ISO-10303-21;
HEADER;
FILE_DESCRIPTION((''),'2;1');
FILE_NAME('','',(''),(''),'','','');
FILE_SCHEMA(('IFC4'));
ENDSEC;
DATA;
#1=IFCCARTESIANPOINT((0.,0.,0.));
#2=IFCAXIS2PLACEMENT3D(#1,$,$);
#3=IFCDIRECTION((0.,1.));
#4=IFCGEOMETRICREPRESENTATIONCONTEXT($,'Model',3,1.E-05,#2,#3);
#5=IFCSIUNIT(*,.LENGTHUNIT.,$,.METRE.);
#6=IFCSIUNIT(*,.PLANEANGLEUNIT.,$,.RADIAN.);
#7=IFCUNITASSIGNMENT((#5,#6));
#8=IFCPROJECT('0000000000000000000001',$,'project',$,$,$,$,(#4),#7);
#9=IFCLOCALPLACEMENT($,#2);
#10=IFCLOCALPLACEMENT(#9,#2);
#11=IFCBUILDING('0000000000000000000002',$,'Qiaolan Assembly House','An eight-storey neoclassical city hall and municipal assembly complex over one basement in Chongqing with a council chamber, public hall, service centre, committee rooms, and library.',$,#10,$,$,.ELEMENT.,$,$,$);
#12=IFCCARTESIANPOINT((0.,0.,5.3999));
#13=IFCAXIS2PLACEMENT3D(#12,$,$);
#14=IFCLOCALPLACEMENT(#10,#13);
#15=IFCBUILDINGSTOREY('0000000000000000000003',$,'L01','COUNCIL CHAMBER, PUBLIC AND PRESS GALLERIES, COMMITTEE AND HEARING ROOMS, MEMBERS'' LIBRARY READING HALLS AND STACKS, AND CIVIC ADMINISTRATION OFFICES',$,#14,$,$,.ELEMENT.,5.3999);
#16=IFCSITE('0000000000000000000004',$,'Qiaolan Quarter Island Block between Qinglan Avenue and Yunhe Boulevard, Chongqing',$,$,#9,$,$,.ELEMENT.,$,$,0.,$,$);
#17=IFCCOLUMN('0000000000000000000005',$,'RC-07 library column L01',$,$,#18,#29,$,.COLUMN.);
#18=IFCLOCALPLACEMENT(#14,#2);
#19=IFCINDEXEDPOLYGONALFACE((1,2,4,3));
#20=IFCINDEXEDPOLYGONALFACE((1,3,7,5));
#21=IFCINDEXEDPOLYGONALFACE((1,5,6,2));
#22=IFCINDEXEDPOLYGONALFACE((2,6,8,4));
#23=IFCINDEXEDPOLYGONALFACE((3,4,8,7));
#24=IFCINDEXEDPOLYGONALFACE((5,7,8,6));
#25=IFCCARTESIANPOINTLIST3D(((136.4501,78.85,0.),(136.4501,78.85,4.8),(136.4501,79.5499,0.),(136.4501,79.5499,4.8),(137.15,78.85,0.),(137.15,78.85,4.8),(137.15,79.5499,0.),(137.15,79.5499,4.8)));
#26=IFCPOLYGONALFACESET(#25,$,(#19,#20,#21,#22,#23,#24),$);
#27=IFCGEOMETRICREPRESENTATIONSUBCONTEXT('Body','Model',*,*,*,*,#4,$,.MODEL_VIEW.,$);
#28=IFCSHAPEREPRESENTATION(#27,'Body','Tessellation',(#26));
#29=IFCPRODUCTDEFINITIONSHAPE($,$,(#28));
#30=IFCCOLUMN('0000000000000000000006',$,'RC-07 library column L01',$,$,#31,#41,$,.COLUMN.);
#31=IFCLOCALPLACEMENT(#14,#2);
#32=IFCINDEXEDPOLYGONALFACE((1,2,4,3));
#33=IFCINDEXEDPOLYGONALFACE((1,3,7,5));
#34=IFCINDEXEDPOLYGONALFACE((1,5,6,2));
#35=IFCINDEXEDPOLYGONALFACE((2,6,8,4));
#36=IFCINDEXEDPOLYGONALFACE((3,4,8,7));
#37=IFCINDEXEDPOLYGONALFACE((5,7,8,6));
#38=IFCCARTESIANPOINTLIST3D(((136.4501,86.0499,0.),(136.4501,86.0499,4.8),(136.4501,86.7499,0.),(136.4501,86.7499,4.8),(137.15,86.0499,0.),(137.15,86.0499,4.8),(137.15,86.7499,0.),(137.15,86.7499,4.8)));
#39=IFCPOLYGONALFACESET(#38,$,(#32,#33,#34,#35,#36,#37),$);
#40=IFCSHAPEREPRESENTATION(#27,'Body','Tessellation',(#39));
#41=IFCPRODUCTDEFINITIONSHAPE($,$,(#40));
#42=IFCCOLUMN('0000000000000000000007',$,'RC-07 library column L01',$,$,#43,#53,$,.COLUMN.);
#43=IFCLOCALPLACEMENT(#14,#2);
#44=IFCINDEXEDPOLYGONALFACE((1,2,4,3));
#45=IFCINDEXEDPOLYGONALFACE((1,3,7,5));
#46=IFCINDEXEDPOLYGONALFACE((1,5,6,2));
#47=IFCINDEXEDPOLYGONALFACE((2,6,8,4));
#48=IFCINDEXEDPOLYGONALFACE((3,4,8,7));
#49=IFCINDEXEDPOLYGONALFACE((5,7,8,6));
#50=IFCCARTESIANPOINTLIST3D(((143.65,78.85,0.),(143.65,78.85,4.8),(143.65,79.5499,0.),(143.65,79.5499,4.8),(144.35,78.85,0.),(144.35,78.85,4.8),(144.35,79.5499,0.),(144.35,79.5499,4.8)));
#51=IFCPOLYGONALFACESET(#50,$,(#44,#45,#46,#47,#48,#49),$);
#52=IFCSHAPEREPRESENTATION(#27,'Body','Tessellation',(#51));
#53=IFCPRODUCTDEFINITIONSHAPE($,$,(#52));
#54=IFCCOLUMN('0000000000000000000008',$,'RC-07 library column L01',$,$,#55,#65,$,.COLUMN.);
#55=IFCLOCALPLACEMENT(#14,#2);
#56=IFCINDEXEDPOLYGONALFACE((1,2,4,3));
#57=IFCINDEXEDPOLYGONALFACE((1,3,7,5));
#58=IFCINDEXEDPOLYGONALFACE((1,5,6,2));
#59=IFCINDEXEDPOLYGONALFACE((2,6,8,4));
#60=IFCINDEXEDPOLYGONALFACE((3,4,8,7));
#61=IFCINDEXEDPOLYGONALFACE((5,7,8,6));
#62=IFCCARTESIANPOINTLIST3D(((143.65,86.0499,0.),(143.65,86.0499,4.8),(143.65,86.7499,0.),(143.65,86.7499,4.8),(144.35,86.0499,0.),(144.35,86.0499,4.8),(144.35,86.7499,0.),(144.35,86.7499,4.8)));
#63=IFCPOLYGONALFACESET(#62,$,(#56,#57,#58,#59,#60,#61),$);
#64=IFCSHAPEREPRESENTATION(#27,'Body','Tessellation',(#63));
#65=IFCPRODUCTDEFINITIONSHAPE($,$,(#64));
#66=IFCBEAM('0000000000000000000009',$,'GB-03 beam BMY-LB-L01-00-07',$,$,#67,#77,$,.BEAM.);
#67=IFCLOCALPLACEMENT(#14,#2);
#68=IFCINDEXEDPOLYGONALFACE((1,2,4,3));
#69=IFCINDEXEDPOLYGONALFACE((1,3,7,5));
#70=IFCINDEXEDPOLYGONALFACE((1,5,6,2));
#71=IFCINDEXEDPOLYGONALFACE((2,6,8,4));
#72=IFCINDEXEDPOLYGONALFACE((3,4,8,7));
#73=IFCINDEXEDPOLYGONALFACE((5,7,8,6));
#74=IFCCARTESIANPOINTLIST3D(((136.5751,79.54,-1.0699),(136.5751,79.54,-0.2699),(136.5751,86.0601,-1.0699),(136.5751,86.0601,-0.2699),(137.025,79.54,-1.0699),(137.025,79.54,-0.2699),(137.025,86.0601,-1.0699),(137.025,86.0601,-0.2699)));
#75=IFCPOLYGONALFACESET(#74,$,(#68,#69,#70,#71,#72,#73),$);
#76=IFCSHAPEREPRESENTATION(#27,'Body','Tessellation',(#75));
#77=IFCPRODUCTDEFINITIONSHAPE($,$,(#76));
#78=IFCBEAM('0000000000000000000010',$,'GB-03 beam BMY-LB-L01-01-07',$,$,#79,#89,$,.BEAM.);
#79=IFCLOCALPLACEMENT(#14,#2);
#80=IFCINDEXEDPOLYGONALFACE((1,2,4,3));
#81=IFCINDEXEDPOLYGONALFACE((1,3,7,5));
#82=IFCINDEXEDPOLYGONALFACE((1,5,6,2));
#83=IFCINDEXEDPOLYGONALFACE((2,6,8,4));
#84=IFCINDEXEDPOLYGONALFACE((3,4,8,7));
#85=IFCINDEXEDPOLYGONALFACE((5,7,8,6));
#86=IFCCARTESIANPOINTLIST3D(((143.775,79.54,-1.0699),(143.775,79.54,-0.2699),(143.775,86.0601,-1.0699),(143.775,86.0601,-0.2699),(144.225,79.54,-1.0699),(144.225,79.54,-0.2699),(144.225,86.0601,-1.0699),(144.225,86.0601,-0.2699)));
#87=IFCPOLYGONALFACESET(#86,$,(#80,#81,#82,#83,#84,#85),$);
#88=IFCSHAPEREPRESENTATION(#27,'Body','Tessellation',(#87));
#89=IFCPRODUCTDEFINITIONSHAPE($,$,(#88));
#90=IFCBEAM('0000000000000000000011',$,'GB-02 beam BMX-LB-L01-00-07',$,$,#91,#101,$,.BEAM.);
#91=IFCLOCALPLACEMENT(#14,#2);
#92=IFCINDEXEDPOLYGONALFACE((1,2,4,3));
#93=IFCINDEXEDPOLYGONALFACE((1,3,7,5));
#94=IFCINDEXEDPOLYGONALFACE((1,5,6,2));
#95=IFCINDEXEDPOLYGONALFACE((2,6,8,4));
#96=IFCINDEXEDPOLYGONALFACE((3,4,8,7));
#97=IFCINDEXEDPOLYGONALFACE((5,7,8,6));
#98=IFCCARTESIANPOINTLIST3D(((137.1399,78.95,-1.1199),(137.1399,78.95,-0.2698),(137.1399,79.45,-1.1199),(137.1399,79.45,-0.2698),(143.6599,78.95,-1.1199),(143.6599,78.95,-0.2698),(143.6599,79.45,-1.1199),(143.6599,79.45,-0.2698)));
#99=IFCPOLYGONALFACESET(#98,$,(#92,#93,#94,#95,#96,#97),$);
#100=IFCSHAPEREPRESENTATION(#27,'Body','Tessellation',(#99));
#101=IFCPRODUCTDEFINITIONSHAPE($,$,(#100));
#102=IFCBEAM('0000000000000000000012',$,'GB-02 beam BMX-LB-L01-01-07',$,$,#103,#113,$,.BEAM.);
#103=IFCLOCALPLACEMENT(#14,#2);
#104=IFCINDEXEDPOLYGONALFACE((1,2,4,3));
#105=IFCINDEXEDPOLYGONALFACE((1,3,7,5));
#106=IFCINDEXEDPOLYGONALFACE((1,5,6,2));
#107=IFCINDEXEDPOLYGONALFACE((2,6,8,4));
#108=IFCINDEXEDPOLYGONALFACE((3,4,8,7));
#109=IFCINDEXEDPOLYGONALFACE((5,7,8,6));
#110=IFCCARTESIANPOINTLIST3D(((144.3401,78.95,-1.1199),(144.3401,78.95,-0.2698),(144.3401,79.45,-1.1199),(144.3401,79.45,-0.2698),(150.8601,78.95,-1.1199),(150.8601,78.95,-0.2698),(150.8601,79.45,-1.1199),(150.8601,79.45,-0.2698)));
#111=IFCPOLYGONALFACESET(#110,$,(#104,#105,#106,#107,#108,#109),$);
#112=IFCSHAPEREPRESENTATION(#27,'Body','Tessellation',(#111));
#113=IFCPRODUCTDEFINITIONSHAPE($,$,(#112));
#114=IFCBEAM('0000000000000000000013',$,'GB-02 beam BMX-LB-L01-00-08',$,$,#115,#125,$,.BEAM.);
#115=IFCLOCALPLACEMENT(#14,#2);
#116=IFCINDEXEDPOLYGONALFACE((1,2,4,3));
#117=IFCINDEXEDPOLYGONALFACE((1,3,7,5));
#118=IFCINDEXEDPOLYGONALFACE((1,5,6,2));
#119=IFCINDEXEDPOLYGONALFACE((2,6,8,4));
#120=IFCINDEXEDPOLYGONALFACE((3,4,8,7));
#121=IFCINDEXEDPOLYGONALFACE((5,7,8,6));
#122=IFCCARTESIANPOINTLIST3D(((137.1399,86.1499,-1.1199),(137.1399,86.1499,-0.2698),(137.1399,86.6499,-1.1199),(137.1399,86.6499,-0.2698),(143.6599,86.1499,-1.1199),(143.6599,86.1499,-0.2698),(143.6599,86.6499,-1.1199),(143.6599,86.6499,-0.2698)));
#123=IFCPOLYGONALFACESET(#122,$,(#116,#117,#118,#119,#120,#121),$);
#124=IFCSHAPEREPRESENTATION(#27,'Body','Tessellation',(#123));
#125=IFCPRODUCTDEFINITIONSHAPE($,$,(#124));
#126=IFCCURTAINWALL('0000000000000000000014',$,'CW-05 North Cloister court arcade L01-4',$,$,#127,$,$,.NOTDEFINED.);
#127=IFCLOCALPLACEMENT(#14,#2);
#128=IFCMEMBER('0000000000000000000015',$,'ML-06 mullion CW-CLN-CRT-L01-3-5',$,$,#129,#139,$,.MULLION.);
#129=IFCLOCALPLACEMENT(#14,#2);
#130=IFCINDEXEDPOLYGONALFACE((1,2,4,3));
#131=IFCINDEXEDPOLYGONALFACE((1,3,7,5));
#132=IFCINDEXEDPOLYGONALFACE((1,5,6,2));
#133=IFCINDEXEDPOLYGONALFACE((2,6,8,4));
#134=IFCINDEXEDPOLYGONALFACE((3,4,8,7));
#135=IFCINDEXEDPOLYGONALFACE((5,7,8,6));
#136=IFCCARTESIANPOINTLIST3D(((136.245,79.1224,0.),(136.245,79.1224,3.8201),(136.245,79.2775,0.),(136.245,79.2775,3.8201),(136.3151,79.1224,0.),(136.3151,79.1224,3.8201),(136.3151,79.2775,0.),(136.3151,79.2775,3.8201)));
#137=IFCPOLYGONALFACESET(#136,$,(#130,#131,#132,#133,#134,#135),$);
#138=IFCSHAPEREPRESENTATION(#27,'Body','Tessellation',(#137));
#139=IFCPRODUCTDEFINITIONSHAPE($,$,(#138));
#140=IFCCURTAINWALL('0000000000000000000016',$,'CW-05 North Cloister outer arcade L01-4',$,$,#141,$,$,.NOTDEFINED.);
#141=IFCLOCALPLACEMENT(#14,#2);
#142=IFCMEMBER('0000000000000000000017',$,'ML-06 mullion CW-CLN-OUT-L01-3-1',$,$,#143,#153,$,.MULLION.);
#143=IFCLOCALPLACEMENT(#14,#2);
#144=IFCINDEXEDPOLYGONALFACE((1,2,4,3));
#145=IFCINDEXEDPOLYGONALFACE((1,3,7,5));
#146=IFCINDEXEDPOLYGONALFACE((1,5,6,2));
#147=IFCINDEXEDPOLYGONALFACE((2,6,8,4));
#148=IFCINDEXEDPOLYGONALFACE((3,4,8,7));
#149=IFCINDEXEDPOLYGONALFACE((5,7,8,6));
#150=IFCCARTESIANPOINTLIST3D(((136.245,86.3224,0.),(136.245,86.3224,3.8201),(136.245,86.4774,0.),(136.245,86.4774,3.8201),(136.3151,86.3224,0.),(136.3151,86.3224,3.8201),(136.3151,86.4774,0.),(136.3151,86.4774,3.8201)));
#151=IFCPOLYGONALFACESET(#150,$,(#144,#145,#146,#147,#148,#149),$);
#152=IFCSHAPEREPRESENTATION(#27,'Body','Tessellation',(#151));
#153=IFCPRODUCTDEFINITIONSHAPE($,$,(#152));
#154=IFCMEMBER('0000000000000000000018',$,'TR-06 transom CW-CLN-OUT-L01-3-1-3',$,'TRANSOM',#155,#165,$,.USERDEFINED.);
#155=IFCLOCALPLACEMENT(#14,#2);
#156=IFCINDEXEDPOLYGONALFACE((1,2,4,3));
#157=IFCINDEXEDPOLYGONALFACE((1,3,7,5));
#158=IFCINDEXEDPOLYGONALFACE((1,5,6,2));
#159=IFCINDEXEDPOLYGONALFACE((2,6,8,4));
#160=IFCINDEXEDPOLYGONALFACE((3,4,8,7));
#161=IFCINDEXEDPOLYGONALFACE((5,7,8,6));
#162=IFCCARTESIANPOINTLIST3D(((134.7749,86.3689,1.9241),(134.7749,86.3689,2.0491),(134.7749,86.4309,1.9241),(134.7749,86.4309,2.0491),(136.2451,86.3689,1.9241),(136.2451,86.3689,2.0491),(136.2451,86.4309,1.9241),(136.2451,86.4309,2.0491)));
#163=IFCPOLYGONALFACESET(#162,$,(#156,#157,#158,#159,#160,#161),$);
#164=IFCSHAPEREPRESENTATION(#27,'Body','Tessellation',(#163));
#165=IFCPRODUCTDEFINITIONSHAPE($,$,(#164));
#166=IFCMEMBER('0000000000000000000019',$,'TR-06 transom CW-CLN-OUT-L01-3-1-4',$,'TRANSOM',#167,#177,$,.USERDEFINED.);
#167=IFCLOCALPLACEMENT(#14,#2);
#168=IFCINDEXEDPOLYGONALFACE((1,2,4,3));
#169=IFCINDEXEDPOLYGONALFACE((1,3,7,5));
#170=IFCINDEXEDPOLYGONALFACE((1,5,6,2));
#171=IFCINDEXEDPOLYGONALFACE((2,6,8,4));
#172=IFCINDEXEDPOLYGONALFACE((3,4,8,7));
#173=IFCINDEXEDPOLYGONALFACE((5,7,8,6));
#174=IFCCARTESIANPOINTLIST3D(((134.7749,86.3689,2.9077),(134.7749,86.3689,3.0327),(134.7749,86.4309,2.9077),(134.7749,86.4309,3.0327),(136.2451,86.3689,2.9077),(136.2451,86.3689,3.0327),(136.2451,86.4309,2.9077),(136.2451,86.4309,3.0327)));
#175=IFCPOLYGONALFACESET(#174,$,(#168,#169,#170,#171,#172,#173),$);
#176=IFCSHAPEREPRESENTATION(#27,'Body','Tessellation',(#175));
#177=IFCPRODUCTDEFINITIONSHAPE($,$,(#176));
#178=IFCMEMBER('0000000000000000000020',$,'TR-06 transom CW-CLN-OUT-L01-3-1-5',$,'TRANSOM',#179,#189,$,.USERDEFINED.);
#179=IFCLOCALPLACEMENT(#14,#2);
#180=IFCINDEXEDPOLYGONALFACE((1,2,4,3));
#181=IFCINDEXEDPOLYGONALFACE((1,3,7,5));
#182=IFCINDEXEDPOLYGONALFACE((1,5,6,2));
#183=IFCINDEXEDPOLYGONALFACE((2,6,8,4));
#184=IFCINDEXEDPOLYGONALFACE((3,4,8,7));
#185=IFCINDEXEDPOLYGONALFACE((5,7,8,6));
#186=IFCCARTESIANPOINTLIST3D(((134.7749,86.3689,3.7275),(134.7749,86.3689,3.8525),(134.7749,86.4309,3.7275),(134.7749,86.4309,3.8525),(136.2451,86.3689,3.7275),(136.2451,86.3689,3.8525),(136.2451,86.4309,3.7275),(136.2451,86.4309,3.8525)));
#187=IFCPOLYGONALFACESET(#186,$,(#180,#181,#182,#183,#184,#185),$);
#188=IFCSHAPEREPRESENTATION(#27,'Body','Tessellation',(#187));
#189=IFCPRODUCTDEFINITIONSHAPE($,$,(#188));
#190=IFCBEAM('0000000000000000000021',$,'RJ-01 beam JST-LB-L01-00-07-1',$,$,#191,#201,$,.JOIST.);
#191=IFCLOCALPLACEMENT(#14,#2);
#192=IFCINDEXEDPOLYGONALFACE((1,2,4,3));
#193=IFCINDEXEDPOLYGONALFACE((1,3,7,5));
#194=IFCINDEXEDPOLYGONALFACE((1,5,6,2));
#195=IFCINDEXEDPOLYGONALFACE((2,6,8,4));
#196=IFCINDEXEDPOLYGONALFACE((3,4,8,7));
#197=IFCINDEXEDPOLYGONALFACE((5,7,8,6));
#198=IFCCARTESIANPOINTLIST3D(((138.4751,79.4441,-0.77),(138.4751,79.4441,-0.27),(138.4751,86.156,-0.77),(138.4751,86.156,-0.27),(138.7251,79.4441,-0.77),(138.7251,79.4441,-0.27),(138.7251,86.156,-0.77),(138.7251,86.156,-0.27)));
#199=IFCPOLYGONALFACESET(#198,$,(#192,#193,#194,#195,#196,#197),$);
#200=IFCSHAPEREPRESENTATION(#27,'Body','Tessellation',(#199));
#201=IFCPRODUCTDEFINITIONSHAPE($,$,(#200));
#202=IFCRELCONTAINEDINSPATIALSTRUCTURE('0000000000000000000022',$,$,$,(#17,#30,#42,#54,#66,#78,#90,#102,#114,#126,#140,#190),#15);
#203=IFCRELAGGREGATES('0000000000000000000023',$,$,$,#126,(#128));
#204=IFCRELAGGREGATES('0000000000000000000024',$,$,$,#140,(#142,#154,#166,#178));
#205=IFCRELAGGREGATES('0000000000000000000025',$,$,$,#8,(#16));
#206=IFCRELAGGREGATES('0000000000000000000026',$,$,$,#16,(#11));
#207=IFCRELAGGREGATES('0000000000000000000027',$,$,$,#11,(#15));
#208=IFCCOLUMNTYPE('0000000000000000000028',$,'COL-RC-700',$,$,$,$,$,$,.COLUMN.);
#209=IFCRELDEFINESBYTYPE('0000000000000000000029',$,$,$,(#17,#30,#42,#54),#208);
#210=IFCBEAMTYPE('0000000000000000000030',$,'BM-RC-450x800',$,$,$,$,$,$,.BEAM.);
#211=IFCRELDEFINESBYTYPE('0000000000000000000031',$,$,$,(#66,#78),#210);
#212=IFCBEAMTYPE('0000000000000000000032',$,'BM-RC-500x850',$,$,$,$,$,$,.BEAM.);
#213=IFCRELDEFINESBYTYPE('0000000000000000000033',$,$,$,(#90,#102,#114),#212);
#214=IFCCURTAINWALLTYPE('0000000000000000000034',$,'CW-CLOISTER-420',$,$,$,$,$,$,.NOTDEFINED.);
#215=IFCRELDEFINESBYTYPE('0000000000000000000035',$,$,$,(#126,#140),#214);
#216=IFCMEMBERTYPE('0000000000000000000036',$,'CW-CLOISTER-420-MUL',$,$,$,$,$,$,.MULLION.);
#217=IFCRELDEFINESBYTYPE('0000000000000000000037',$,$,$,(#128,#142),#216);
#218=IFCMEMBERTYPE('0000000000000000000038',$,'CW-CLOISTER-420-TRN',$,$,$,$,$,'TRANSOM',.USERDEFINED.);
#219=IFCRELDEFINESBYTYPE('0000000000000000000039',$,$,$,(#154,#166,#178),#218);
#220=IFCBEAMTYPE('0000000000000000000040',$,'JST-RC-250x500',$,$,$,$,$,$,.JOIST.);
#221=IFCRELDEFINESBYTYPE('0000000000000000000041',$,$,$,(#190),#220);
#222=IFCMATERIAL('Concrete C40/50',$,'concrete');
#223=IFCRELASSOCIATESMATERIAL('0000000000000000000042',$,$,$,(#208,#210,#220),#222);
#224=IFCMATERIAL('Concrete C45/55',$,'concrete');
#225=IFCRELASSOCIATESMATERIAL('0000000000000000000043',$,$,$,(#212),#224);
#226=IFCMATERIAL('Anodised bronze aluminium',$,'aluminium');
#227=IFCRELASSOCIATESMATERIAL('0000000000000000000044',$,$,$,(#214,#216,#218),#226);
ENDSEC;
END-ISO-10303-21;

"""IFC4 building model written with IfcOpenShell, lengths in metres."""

from ifc_helpers import new_model, si_unit, direction, frame, origin, origin_2d, place, context, subcontext, project, spatial, rectangle, extrude, material, material_profile, profile_set, type_object, element, aggregate, save


model = new_model("IFC4")

# Units and contexts
model_context = context("Model", 3, precision=1e-05, world=origin(), true_north=direction((0.0, 1.0)))
body_context = subcontext(model_context, "Body", "Model", "MODEL_VIEW")
ifc_project = project(units=[si_unit("LENGTHUNIT", "METRE"), si_unit("PLANEANGLEUNIT", "RADIAN")], contexts=[model_context])

# Site, building, storey
site_placement = place(None, origin())
site = spatial("IfcSite", under=ifc_project, at=site_placement, Name="Qiaolan Quarter Island Block between Qinglan Avenue and Yunhe Boulevard, Chongqing", CompositionType="ELEMENT", RefElevation=0.0)
building_placement = place(site_placement, origin())
building = spatial("IfcBuilding", under=site, at=building_placement, Name="Qiaolan Assembly House", Description="An eight-storey neoclassical city hall and municipal assembly complex over one basement in Chongqing with a council chamber, public hall, service centre, committee rooms, and library.", CompositionType="ELEMENT")
storey_placement = place(building_placement, frame((0.0, 0.0, 5.3999)))
storey = spatial("IfcBuildingStorey", under=building, at=storey_placement, Name="L01", Description="COUNCIL CHAMBER, PUBLIC AND PRESS GALLERIES, COMMITTEE AND HEARING ROOMS, MEMBERS' LIBRARY READING HALLS AND STACKS, AND CIVIC ADMINISTRATION OFFICES", CompositionType="ELEMENT", Elevation=5.3999)

# Columns
ifc_material_1 = material(Name="Concrete C40/50", Category="concrete")
ifc_material_profile_1 = material_profile(ifc_material_1, rectangle(XDim=0.7, YDim=0.7, at=origin_2d()), Name="RC 700x700")
ifc_profile_set_1 = profile_set([ifc_material_profile_1], Name="Concrete C40/50")
column_type = type_object("IfcColumnType", Name="COL-RC-700", PredefinedType="COLUMN", material=ifc_profile_set_1)
for number, where, z_axis, x_axis, name in (
    (1, (136.8, 79.2, 0.0), (0.0, 0.0, 1.0), (1.0, 0.0, 0.0), "RC-07 library column L01"),
    (2, (136.8, 86.3999, 0.0), (0.0, 0.0, 1.0), (1.0, 0.0, 0.0), "RC-07 library column L01"),
    (3, (144.0, 79.2, 0.0), (0.0, 0.0, 1.0), (1.0, 0.0, 0.0), "RC-07 library column L01"),
    (4, (144.0, 86.3999, 0.0), (0.0, 0.0, 1.0), (1.0, 0.0, 0.0), "RC-07 library column L01"),
):
    element("IfcColumn", number, at=place(storey_placement, frame(where, z_axis=z_axis, x_axis=x_axis)), inside=storey, type_object=column_type, Name=name, PredefinedType="COLUMN", context=body_context, shape_type="SweptSolid", body=[
        extrude(rectangle(XDim=0.7, YDim=0.7, at=origin_2d()), origin(), (0.0, 0.0, 1.0), 4.8),
    ])

# Beams
ifc_material_profile_2 = material_profile(ifc_material_1, rectangle(XDim=0.45, YDim=0.8, at=origin_2d()), Name="RCB 450x800")
ifc_profile_set_2 = profile_set([ifc_material_profile_2], Name="Concrete C40/50")
beam_type_1 = type_object("IfcBeamType", Name="BM-RC-450x800", PredefinedType="BEAM", material=ifc_profile_set_2)
for number, where, z_axis, x_axis, name in (
    (5, (136.8, 79.54, -0.6699), (0.0, 1.0, 0.0), (-1.0, 0.0, 0.0), "GB-03 beam BMY-LB-L01-00-07"),
    (6, (144.0, 79.54, -0.6699), (0.0, 1.0, 0.0), (-1.0, 0.0, 0.0), "GB-03 beam BMY-LB-L01-01-07"),
):
    element("IfcBeam", number, at=place(storey_placement, frame(where, z_axis=z_axis, x_axis=x_axis)), inside=storey, type_object=beam_type_1, Name=name, PredefinedType="BEAM", context=body_context, shape_type="SweptSolid", body=[
        extrude(rectangle(XDim=0.45, YDim=0.8, at=origin_2d()), origin(), (0.0, 0.0, 1.0), 6.52),
    ])
ifc_material_2 = material(Name="Concrete C45/55", Category="concrete")
ifc_material_profile_3 = material_profile(ifc_material_2, rectangle(XDim=0.5, YDim=0.8501, at=origin_2d()), Name="RCB 500x850")
ifc_profile_set_3 = profile_set([ifc_material_profile_3], Name="Concrete C45/55")
beam_type_2 = type_object("IfcBeamType", Name="BM-RC-500x850", PredefinedType="BEAM", material=ifc_profile_set_3)
for number, where, z_axis, x_axis, name in (
    (7, (137.1399, 79.2, -0.6948), (1.0, 0.0, 0.0), (0.0, 1.0, 0.0), "GB-02 beam BMX-LB-L01-00-07"),
    (8, (144.3401, 79.2, -0.6948), (1.0, 0.0, 0.0), (0.0, 1.0, 0.0), "GB-02 beam BMX-LB-L01-01-07"),
    (9, (137.1399, 86.3999, -0.6948), (1.0, 0.0, 0.0), (0.0, 1.0, 0.0), "GB-02 beam BMX-LB-L01-00-08"),
):
    element("IfcBeam", number, at=place(storey_placement, frame(where, z_axis=z_axis, x_axis=x_axis)), inside=storey, type_object=beam_type_2, Name=name, PredefinedType="BEAM", context=body_context, shape_type="SweptSolid", body=[
        extrude(rectangle(XDim=0.5, YDim=0.8501, at=origin_2d()), origin(), (0.0, 0.0, 1.0), 6.52),
    ])

# Curtain wall, member
ifc_material_3 = material(Name="Anodised bronze aluminium", Category="aluminium")
curtain_wall_type = type_object("IfcCurtainWallType", Name="CW-CLOISTER-420", PredefinedType="NOTDEFINED", material=ifc_material_3)
curtain_wall_1_placement = place(storey_placement, origin())
curtain_wall_1 = element("IfcCurtainWall", 10, at=curtain_wall_1_placement, inside=storey, type_object=curtain_wall_type, Name="CW-05 North Cloister court arcade L01-4", PredefinedType="NOTDEFINED")
ifc_material_profile_4 = material_profile(ifc_material_3, rectangle(XDim=0.0701, YDim=0.155, at=origin_2d()), Name="MUL 70x155")
ifc_profile_set_4 = profile_set([ifc_material_profile_4], Name="Anodised bronze aluminium")
member_type_1 = type_object("IfcMemberType", Name="CW-CLOISTER-420-MUL", PredefinedType="MULLION", material=ifc_profile_set_4)
member_1_placement = place(storey_placement, frame((136.28, 79.2, 0.0), z_axis=(0.0, 0.0, 1.0), x_axis=(1.0, 0.0, 0.0)))
member_1 = element("IfcMember", 11, at=member_1_placement, type_object=member_type_1, Name="ML-06 mullion CW-CLN-CRT-L01-3-5", PredefinedType="MULLION", context=body_context, shape_type="SweptSolid", body=[
    extrude(rectangle(XDim=0.0701, YDim=0.155, at=origin_2d()), origin(), (0.0, 0.0, 1.0), 3.8201),
])
aggregate(curtain_wall_1, [member_1])

# Curtain wall, members
curtain_wall_2_placement = place(storey_placement, origin())
curtain_wall_2 = element("IfcCurtainWall", 12, at=curtain_wall_2_placement, inside=storey, type_object=curtain_wall_type, Name="CW-05 North Cloister outer arcade L01-4", PredefinedType="NOTDEFINED")
member_2_placement = place(storey_placement, frame((136.28, 86.3999, 0.0), z_axis=(0.0, 0.0, 1.0), x_axis=(-1.0, 0.0, 0.0)))
member_2 = element("IfcMember", 13, at=member_2_placement, type_object=member_type_1, Name="ML-06 mullion CW-CLN-OUT-L01-3-1", PredefinedType="MULLION", context=body_context, shape_type="SweptSolid", body=[
    extrude(rectangle(XDim=0.0701, YDim=0.155, at=origin_2d()), origin(), (0.0, 0.0, 1.0), 3.8201),
])
ifc_material_profile_5 = material_profile(ifc_material_3, rectangle(XDim=0.062, YDim=0.125, at=origin_2d()), Name="TRN 62x125")
ifc_profile_set_5 = profile_set([ifc_material_profile_5], Name="Anodised bronze aluminium")
member_type_2 = type_object("IfcMemberType", Name="CW-CLOISTER-420-TRN", ElementType="TRANSOM", PredefinedType="USERDEFINED", material=ifc_profile_set_5)
member_3_placement = place(storey_placement, frame((136.2451, 86.3999, 1.9866), z_axis=(-1.0, 0.0, 0.0), x_axis=(0.0, -1.0, 0.0)))
member_3 = element("IfcMember", 14, at=member_3_placement, type_object=member_type_2, Name="TR-06 transom CW-CLN-OUT-L01-3-1-3", ObjectType="TRANSOM", PredefinedType="USERDEFINED", context=body_context, shape_type="SweptSolid", body=[
    extrude(rectangle(XDim=0.062, YDim=0.125, at=origin_2d()), origin(), (0.0, 0.0, 1.0), 1.4702),
])
member_4_placement = place(storey_placement, frame((136.2451, 86.3999, 2.9702), z_axis=(-1.0, 0.0, 0.0), x_axis=(0.0, -1.0, 0.0)))
member_4 = element("IfcMember", 15, at=member_4_placement, type_object=member_type_2, Name="TR-06 transom CW-CLN-OUT-L01-3-1-4", ObjectType="TRANSOM", PredefinedType="USERDEFINED", context=body_context, shape_type="SweptSolid", body=[
    extrude(rectangle(XDim=0.062, YDim=0.125, at=origin_2d()), origin(), (0.0, 0.0, 1.0), 1.4702),
])
member_5_placement = place(storey_placement, frame((136.2451, 86.3999, 3.79), z_axis=(-1.0, 0.0, 0.0), x_axis=(0.0, -1.0, 0.0)))
member_5 = element("IfcMember", 16, at=member_5_placement, type_object=member_type_2, Name="TR-06 transom CW-CLN-OUT-L01-3-1-5", ObjectType="TRANSOM", PredefinedType="USERDEFINED", context=body_context, shape_type="SweptSolid", body=[
    extrude(rectangle(XDim=0.062, YDim=0.125, at=origin_2d()), origin(), (0.0, 0.0, 1.0), 1.4702),
])

# Beam
ifc_material_profile_6 = material_profile(ifc_material_1, rectangle(XDim=0.25, YDim=0.5, at=origin_2d()), Name="RCB 250x500")
ifc_profile_set_6 = profile_set([ifc_material_profile_6], Name="Concrete C40/50")
beam_type_3 = type_object("IfcBeamType", Name="JST-RC-250x500", PredefinedType="JOIST", material=ifc_profile_set_6)
for number, where, z_axis, x_axis, name in (
    (17, (138.6001, 79.4441, -0.52), (0.0, 1.0, 0.0), (-1.0, 0.0, 0.0), "RJ-01 beam JST-LB-L01-00-07-1"),
):
    element("IfcBeam", number, at=place(storey_placement, frame(where, z_axis=z_axis, x_axis=x_axis)), inside=storey, type_object=beam_type_3, Name=name, PredefinedType="JOIST", context=body_context, shape_type="SweptSolid", body=[
        extrude(rectangle(XDim=0.25, YDim=0.5, at=origin_2d()), origin(), (0.0, 0.0, 1.0), 6.7119),
    ])

aggregate(curtain_wall_2, [member_2, member_3, member_4, member_5])

save(model, "model.ifc")
